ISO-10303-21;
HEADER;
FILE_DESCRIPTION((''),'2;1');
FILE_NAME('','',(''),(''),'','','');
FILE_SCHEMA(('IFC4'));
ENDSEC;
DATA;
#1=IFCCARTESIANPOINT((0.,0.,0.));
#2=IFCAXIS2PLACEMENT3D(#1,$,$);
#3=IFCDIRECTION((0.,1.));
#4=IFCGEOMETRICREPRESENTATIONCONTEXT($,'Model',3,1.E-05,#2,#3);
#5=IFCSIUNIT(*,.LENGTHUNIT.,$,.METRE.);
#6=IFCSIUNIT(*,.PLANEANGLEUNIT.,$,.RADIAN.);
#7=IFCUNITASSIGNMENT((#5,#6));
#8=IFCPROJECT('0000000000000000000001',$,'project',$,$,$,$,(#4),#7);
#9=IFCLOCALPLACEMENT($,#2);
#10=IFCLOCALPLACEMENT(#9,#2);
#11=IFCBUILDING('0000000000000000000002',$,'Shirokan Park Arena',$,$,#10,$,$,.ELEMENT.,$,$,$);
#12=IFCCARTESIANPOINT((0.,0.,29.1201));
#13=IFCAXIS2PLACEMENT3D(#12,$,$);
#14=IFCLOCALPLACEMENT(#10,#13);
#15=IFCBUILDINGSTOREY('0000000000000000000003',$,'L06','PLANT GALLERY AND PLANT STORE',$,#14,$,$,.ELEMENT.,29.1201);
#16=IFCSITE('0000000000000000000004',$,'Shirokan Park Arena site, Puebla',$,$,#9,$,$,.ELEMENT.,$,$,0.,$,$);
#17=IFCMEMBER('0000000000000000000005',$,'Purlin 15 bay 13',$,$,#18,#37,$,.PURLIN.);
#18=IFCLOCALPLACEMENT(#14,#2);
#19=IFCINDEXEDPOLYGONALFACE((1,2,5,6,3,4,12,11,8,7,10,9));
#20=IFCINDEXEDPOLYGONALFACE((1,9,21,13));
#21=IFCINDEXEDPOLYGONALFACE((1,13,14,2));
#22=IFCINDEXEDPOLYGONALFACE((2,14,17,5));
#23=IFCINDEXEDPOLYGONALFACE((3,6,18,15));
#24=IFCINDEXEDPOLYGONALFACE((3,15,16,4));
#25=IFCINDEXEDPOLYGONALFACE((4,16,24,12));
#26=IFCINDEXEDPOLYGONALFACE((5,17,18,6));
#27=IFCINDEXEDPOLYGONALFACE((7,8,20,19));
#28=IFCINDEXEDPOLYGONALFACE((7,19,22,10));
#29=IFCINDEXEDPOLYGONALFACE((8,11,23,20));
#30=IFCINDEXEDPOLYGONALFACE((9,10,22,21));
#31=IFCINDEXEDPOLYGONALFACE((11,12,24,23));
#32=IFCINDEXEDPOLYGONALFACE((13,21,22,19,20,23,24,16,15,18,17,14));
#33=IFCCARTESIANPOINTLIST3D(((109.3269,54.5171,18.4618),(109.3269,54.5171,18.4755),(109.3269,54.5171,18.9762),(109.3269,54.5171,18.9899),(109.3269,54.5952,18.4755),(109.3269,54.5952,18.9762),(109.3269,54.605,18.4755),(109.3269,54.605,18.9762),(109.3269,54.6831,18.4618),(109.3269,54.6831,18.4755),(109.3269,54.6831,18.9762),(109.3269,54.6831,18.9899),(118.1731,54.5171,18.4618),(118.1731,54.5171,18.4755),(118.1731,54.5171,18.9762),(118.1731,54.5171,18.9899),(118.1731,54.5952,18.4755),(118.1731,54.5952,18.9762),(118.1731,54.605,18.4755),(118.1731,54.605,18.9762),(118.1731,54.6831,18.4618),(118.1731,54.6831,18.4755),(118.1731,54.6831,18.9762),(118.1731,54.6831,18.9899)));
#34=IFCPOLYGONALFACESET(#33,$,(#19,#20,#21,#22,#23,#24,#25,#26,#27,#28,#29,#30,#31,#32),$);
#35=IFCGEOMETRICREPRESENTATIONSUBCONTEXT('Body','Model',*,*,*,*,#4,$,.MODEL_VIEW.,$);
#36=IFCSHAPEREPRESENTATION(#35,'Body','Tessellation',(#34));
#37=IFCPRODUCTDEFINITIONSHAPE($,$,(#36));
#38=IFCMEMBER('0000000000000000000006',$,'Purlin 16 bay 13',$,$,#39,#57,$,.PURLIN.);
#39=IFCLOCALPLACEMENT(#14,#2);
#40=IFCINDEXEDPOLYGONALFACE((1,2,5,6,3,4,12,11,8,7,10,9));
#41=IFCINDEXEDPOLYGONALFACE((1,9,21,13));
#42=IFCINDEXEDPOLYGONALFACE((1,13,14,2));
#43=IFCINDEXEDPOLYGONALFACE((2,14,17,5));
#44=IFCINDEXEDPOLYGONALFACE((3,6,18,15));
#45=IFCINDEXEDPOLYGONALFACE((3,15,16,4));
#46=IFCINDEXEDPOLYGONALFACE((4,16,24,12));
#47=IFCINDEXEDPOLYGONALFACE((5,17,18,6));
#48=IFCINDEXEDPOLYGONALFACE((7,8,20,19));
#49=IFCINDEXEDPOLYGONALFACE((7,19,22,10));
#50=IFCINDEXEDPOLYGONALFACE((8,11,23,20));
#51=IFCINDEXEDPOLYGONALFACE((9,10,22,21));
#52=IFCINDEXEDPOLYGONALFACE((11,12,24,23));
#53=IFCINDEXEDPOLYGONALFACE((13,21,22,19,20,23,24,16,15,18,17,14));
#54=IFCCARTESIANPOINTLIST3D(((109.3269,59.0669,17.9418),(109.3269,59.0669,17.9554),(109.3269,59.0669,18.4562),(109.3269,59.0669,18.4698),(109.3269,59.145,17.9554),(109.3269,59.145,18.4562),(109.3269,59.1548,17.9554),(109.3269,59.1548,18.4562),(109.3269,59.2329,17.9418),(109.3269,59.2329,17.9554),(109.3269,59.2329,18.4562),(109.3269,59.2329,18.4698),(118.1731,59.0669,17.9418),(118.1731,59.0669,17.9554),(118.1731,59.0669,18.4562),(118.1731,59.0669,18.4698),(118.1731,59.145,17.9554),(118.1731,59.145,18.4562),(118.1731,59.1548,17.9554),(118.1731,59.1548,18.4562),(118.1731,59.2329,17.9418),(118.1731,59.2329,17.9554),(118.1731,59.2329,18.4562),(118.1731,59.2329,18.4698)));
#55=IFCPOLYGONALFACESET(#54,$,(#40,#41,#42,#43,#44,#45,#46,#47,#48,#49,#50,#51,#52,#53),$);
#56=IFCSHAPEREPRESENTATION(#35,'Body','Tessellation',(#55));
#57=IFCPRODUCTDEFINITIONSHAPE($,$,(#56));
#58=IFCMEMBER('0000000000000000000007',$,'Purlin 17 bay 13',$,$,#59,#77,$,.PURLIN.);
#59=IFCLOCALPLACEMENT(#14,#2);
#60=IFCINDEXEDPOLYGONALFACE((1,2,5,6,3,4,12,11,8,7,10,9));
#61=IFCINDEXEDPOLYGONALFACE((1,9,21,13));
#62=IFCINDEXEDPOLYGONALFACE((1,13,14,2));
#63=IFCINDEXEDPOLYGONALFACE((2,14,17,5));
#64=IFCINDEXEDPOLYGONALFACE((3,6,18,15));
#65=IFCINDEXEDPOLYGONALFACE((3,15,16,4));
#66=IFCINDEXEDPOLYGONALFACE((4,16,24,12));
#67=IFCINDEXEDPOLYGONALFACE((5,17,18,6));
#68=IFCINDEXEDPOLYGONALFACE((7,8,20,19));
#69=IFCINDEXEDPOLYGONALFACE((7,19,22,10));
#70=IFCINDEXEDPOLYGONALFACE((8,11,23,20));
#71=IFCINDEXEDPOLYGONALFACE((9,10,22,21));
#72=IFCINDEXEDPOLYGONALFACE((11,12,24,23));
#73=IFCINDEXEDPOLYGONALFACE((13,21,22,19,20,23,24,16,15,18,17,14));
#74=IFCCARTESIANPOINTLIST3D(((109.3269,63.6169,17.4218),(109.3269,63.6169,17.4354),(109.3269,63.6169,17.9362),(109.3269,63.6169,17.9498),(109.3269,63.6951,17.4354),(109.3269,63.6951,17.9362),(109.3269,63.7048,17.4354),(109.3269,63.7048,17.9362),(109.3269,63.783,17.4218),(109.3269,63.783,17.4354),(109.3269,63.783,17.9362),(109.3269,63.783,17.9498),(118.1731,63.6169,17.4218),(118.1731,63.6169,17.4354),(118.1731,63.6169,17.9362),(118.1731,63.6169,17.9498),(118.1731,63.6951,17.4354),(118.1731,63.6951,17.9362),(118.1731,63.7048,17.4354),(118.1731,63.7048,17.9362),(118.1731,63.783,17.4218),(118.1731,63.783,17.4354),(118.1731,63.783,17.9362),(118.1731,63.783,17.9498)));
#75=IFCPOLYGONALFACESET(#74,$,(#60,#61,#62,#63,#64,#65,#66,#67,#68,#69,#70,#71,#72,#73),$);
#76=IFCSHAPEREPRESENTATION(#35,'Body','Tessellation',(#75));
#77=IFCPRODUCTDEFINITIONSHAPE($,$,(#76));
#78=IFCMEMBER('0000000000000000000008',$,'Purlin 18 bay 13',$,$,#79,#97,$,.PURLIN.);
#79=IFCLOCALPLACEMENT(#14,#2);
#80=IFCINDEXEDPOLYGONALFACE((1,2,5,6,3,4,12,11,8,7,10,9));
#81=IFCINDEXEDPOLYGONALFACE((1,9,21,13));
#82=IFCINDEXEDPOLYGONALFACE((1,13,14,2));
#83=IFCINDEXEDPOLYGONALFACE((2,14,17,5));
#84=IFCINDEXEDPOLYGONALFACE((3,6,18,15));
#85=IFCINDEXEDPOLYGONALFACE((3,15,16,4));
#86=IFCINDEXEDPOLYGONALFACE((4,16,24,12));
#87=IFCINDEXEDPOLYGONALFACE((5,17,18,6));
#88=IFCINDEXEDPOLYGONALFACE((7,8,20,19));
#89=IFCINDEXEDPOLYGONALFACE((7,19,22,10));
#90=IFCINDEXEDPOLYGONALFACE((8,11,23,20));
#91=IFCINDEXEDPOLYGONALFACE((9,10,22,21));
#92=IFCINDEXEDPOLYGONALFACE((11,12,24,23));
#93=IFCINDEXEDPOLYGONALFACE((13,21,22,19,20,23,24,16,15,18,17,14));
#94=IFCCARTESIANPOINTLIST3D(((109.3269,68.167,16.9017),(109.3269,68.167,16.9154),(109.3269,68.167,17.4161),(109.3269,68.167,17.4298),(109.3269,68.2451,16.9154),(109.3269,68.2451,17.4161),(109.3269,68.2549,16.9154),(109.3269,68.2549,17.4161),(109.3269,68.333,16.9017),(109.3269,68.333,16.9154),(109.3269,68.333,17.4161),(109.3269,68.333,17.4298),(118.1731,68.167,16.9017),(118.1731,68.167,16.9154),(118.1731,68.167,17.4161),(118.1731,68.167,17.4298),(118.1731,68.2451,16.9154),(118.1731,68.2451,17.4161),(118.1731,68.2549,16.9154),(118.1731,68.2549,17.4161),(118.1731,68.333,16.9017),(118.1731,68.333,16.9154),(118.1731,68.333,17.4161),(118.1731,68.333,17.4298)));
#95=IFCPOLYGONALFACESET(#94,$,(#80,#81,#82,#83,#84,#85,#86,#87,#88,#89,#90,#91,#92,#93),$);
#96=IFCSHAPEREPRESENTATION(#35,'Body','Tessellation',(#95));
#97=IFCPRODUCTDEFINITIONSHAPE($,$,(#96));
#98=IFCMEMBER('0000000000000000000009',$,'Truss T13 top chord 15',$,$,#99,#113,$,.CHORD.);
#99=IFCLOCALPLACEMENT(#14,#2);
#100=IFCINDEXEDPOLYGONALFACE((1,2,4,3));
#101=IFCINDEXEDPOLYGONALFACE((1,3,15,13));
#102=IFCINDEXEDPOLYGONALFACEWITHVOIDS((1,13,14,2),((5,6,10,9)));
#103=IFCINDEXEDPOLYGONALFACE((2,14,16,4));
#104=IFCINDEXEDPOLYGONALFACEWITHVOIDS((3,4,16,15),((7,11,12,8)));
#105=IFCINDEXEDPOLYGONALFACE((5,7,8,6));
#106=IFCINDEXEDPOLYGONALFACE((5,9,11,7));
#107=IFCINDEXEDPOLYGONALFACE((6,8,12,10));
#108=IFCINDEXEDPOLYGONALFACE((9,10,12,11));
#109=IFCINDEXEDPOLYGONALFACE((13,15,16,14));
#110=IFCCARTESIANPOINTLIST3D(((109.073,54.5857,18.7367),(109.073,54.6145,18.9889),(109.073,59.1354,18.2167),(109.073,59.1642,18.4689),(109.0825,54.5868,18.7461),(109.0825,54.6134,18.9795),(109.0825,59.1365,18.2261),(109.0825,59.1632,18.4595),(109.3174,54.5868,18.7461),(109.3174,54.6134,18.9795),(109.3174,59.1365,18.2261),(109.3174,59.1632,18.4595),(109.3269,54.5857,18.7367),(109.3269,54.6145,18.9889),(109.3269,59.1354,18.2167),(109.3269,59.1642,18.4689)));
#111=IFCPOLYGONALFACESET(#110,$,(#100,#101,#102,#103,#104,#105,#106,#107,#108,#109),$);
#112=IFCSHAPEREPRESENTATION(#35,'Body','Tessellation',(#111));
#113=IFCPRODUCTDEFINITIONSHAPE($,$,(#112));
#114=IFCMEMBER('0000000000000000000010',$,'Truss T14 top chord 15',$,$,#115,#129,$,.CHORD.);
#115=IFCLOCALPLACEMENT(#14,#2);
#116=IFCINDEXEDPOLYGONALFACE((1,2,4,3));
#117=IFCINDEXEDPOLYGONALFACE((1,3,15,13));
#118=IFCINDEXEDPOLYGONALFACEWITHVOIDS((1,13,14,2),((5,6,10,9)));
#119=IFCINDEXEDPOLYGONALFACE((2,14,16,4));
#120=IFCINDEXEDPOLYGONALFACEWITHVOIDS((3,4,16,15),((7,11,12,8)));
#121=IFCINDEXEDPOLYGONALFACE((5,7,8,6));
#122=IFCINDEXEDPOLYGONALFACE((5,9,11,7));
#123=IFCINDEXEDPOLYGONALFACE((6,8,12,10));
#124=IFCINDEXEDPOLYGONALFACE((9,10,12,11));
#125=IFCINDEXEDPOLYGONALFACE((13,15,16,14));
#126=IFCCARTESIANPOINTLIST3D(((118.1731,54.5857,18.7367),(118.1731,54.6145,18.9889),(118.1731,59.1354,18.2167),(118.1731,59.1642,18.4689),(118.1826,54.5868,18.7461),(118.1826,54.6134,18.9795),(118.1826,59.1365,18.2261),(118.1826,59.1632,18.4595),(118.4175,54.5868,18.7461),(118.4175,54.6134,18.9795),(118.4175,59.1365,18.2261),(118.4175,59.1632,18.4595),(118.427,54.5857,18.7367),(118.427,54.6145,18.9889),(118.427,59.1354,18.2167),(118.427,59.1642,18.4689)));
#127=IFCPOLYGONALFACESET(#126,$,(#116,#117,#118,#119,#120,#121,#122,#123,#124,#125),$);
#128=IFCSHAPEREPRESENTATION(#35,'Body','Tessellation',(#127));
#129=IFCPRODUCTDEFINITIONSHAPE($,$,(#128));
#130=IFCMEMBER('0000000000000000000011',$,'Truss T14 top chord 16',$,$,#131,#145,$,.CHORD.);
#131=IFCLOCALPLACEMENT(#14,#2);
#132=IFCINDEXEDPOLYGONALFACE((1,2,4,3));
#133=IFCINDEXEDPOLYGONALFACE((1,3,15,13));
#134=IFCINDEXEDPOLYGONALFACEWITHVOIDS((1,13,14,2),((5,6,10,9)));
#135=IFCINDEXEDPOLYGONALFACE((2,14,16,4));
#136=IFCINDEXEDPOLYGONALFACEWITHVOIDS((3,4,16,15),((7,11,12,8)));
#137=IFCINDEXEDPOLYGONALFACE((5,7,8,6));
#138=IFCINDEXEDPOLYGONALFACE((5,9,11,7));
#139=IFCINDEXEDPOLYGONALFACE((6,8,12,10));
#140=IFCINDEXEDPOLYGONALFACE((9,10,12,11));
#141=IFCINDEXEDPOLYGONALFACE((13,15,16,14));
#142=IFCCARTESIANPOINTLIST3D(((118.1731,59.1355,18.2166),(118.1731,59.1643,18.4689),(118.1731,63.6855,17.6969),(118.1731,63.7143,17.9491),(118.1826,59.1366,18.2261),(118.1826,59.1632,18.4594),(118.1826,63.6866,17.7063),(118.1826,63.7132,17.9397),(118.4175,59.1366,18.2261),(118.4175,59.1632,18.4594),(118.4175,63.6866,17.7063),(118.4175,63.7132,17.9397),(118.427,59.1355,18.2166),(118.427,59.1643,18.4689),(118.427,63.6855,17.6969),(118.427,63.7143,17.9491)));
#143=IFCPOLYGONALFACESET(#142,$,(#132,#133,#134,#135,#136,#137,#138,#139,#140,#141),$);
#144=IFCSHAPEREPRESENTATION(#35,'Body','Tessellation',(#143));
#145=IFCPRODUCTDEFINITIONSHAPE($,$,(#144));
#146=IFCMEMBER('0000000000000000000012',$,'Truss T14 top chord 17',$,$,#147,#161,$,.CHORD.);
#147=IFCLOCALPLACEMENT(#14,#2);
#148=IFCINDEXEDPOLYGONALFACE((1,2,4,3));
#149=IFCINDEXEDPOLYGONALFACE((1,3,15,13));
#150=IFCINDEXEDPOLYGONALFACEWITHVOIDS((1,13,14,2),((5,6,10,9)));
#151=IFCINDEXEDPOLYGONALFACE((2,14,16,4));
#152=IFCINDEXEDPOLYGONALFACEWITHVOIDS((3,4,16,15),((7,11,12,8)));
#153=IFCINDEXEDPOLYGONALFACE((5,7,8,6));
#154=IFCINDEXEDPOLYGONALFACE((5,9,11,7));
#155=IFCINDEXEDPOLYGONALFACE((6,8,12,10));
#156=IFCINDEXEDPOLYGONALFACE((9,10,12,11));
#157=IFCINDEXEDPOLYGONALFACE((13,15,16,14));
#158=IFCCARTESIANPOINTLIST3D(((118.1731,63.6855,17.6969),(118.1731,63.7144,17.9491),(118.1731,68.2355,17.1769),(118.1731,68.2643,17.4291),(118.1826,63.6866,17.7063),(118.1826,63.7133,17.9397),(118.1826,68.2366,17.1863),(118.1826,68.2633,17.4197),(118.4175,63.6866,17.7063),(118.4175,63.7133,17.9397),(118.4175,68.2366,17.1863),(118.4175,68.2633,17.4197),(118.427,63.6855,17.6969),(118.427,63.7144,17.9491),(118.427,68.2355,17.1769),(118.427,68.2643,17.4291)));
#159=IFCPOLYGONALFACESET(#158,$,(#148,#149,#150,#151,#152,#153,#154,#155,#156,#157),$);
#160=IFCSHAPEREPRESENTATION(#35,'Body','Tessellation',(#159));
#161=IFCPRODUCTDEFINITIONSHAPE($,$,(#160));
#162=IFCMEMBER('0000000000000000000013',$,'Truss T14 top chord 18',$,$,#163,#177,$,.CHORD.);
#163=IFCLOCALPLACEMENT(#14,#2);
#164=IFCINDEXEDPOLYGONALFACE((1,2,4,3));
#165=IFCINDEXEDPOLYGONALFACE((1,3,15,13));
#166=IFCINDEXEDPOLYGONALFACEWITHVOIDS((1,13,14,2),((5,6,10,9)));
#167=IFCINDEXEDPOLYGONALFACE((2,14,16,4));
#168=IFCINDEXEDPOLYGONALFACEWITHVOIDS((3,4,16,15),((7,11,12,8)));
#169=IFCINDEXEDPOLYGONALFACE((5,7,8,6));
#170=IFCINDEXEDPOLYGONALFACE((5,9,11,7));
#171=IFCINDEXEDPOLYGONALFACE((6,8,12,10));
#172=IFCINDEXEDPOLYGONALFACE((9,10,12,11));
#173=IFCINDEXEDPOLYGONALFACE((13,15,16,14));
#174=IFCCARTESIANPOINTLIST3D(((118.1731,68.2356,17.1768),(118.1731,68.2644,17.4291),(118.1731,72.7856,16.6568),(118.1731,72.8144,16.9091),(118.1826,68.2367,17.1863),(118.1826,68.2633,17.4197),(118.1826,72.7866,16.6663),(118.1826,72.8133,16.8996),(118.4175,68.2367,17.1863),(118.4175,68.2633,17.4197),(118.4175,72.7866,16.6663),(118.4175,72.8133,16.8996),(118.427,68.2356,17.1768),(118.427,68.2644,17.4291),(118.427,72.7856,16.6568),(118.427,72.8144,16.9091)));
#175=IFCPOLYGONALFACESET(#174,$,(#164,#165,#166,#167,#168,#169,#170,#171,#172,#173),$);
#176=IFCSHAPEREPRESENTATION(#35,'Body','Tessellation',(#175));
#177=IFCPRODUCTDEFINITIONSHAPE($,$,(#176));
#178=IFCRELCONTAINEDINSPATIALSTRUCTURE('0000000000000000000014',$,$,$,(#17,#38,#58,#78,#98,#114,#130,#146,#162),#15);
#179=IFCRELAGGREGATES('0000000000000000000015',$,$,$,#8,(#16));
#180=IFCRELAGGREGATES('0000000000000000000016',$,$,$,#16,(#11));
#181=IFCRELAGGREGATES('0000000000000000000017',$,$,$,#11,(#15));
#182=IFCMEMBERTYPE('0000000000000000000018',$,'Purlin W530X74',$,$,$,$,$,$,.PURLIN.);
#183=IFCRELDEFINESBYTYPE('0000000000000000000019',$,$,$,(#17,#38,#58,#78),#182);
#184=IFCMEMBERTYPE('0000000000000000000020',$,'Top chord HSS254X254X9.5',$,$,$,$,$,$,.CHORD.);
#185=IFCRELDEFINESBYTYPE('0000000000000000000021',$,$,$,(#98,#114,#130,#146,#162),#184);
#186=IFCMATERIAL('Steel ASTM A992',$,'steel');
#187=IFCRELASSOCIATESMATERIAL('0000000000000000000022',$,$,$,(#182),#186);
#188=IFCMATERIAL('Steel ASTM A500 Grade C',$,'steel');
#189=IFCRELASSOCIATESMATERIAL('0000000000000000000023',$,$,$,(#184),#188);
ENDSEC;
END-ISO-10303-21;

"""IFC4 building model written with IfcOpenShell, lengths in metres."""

from ifc_helpers import new_model, si_unit, direction, frame, origin, origin_2d, place, context, subcontext, project, spatial, hollow_rectangle, i_section, extrude, material, material_profile, profile_set, type_object, element, save


model = new_model("IFC4")

# Units and contexts
model_context = context("Model", 3, precision=1e-05, world=origin(), true_north=direction((0.0, 1.0)))
body_context = subcontext(model_context, "Body", "Model", "MODEL_VIEW")
ifc_project = project(units=[si_unit("LENGTHUNIT", "METRE"), si_unit("PLANEANGLEUNIT", "RADIAN")], contexts=[model_context])

# Site, building, storey
site_placement = place(None, origin())
site = spatial("IfcSite", under=ifc_project, at=site_placement, Name="Shirokan Park Arena site, Puebla", CompositionType="ELEMENT", RefElevation=0.0)
building_placement = place(site_placement, origin())
building = spatial("IfcBuilding", under=site, at=building_placement, Name="Shirokan Park Arena", CompositionType="ELEMENT")
storey_placement = place(building_placement, frame((0.0, 0.0, 29.1201)))
storey = spatial("IfcBuildingStorey", under=building, at=storey_placement, Name="L06", Description="PLANT GALLERY AND PLANT STORE", CompositionType="ELEMENT", Elevation=29.1201)

# Members
ifc_material_1 = material(Name="Steel ASTM A992", Category="steel")
ifc_material_profile_1 = material_profile(ifc_material_1, i_section(OverallWidth=0.166, OverallDepth=0.5281, WebThickness=0.0098, FlangeThickness=0.0137, at=origin_2d()), Name="W530X74")
ifc_profile_set_1 = profile_set([ifc_material_profile_1], Name="Steel ASTM A992")
member_type_1 = type_object("IfcMemberType", Name="Purlin W530X74", PredefinedType="PURLIN", material=ifc_profile_set_1)
for number, where, z_axis, x_axis, name in (
    (1, (109.3269, 54.6001, 18.7258), (1.0, 0.0, 0.0), (0.0, 1.0, 0.0), "Purlin 15 bay 13"),
    (2, (109.3269, 59.1499, 18.2058), (1.0, 0.0, 0.0), (0.0, 1.0, 0.0), "Purlin 16 bay 13"),
    (3, (109.3269, 63.7, 17.6858), (1.0, 0.0, 0.0), (0.0, 1.0, 0.0), "Purlin 17 bay 13"),
    (4, (109.3269, 68.25, 17.1658), (1.0, 0.0, 0.0), (0.0, 1.0, 0.0), "Purlin 18 bay 13"),
):
    element("IfcMember", number, at=place(storey_placement, frame(where, z_axis=z_axis, x_axis=x_axis)), inside=storey, type_object=member_type_1, Name=name, PredefinedType="PURLIN", context=body_context, shape_type="SweptSolid", body=[
        extrude(i_section(OverallWidth=0.166, OverallDepth=0.5281, WebThickness=0.0098, FlangeThickness=0.0137, at=origin_2d()), origin(), (0.0, 0.0, 1.0), 8.8462),
    ])
ifc_material_2 = material(Name="Steel ASTM A500 Grade C", Category="steel")
ifc_material_profile_2 = material_profile(ifc_material_2, hollow_rectangle(XDim=0.2539, YDim=0.2539, WallThickness=0.0095, at=origin_2d()), Name="HSS254X254X9.5")
ifc_profile_set_2 = profile_set([ifc_material_profile_2], Name="Steel ASTM A500 Grade C")
member_type_2 = type_object("IfcMemberType", Name="Top chord HSS254X254X9.5", PredefinedType="CHORD", material=ifc_profile_set_2)
for number, where, z_axis, x_axis, name in (
    (5, (109.2, 54.6001, 18.8628), (0.0, 0.993532, -0.113556), (-1.0, 0.0, 0.0), "Truss T13 top chord 15"),
    (6, (118.3, 54.6001, 18.8628), (0.0, 0.993532, -0.113556), (-1.0, 0.0, 0.0), "Truss T14 top chord 15"),
):
    element("IfcMember", number, at=place(storey_placement, frame(where, z_axis=z_axis, x_axis=x_axis)), inside=storey, type_object=member_type_2, Name=name, PredefinedType="CHORD", context=body_context, shape_type="SweptSolid", body=[
        extrude(hollow_rectangle(XDim=0.2539, YDim=0.2539, WallThickness=0.0095, at=origin_2d()), origin(), (0.0, 0.0, 1.0), 4.5793),
    ])
for number, where, z_axis, x_axis, name in (
    (7, (118.3, 59.1499, 18.3428), (0.0, 0.993538, -0.113497), (-1.0, 0.0, 0.0), "Truss T14 top chord 16"),
    (8, (118.3, 63.7, 17.823), (0.0, 0.993532, -0.11355), (-1.0, 0.0, 0.0), "Truss T14 top chord 17"),
    (9, (118.3, 68.25, 17.303), (0.0, 0.993532, -0.11355), (-1.0, 0.0, 0.0), "Truss T14 top chord 18"),
):
    element("IfcMember", number, at=place(storey_placement, frame(where, z_axis=z_axis, x_axis=x_axis)), inside=storey, type_object=member_type_2, Name=name, PredefinedType="CHORD", context=body_context, shape_type="SweptSolid", body=[
        extrude(hollow_rectangle(XDim=0.2539, YDim=0.2539, WallThickness=0.0095, at=origin_2d()), origin(), (0.0, 0.0, 1.0), 4.5796),
    ])

save(model, "model.ifc")
